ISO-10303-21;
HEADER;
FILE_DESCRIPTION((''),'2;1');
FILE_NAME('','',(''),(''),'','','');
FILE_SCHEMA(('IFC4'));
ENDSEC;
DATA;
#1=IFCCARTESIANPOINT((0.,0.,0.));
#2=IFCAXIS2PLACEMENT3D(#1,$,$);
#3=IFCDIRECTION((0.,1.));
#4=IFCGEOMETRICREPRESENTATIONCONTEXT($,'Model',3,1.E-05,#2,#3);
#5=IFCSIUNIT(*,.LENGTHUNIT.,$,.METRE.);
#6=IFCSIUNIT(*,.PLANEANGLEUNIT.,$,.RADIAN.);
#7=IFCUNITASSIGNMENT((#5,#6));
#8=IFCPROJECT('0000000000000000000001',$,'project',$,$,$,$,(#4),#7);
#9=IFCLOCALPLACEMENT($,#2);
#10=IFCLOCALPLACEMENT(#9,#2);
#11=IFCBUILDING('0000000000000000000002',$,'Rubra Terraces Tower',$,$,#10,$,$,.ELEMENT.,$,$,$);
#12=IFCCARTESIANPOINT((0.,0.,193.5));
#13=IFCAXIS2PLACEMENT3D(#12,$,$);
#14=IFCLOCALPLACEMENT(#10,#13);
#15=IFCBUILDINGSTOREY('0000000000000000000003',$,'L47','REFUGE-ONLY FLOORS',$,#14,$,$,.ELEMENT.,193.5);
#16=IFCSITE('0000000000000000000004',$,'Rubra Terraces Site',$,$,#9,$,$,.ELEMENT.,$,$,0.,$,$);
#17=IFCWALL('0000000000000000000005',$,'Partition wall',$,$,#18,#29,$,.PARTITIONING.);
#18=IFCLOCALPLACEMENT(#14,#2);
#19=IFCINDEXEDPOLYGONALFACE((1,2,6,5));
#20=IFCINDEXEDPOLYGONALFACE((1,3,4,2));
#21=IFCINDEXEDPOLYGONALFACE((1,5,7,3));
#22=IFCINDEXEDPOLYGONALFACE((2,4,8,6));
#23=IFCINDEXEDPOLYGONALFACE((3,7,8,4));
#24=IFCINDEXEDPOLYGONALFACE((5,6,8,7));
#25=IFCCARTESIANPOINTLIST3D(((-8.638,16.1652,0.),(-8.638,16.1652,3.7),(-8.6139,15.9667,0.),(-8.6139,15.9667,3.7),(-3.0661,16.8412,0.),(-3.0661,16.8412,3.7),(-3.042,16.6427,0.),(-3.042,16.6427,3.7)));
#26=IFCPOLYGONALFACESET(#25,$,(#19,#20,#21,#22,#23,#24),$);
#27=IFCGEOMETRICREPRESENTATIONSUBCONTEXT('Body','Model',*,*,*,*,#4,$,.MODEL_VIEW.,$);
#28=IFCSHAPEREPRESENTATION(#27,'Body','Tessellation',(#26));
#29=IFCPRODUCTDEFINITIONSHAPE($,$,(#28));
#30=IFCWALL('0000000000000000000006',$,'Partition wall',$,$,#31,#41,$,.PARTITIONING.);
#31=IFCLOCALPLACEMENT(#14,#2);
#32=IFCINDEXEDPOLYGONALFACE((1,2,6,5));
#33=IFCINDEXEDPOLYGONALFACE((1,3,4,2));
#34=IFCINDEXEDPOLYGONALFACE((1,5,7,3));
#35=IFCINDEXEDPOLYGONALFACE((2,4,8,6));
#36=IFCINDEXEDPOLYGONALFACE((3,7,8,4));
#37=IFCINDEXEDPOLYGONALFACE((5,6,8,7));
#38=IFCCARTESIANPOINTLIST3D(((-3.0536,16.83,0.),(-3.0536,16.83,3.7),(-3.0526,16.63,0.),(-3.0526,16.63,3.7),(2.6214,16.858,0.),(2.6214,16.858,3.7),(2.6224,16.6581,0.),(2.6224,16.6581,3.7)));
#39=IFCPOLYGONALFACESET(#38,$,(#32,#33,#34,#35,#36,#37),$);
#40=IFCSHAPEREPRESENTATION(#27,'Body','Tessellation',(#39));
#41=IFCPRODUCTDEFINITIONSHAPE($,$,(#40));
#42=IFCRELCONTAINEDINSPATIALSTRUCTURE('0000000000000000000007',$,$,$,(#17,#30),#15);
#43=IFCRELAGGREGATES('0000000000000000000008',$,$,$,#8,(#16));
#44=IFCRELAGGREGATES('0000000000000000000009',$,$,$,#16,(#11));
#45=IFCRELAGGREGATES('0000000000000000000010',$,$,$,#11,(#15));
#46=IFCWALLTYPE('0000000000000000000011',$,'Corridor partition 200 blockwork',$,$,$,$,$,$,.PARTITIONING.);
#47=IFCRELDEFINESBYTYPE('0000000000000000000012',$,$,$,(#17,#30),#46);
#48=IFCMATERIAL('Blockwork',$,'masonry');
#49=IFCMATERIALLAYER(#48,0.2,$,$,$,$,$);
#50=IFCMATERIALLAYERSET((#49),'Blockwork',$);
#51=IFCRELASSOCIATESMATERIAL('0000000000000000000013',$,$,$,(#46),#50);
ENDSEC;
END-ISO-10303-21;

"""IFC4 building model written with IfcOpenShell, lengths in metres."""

from ifc_helpers import new_model, si_unit, direction, frame, frame_2d, origin, place, context, subcontext, project, spatial, rectangle, extrude, material, layer, layer_set, type_object, element, save


model = new_model("IFC4")

# Units and contexts
model_context = context("Model", 3, precision=1e-05, world=origin(), true_north=direction((0.0, 1.0)))
body_context = subcontext(model_context, "Body", "Model", "MODEL_VIEW")
ifc_project = project(units=[si_unit("LENGTHUNIT", "METRE"), si_unit("PLANEANGLEUNIT", "RADIAN")], contexts=[model_context])

# Site, building, storey
site_placement = place(None, origin())
site = spatial("IfcSite", under=ifc_project, at=site_placement, Name="Rubra Terraces Site", CompositionType="ELEMENT", RefElevation=0.0)
building_placement = place(site_placement, origin())
building = spatial("IfcBuilding", under=site, at=building_placement, Name="Rubra Terraces Tower", CompositionType="ELEMENT")
storey_placement = place(building_placement, frame((0.0, 0.0, 193.5)))
storey = spatial("IfcBuildingStorey", under=building, at=storey_placement, Name="L47", Description="REFUGE-ONLY FLOORS", CompositionType="ELEMENT", Elevation=193.5)

# Walls
ifc_material_1 = material(Name="Blockwork", Category="masonry")
ifc_layer_1 = layer(ifc_material_1, 0.2)
ifc_layer_set_1 = layer_set([ifc_layer_1], Name="Blockwork")
wall_type_1 = type_object("IfcWallType", Name="Corridor partition 200 blockwork", PredefinedType="PARTITIONING", material=ifc_layer_set_1)
wall_1_placement = place(storey_placement, frame((-8.626, 16.0659, 0.0), z_axis=(0.0, 0.0, 1.0), x_axis=(0.99272, 0.120442, 0.0)))
element("IfcWall", 1, at=wall_1_placement, inside=storey, type_object=wall_type_1, Name="Partition wall", PredefinedType="PARTITIONING", context=body_context, shape_type="SweptSolid", body=[
    extrude(rectangle(XDim=5.6128, YDim=0.2, at=frame_2d((2.8064, 0.0))), origin(), (0.0, 0.0, 1.0), 3.7),
])
wall_2_placement = place(storey_placement, frame((-3.053, 16.73, 0.0), z_axis=(0.0, 0.0, 1.0), x_axis=(0.999988, 0.004947, 0.0)))
element("IfcWall", 2, at=wall_2_placement, inside=storey, type_object=wall_type_1, Name="Partition wall", PredefinedType="PARTITIONING", context=body_context, shape_type="SweptSolid", body=[
    extrude(rectangle(XDim=5.675, YDim=0.2, at=frame_2d((2.8374, 0.0))), origin(), (0.0, 0.0, 1.0), 3.7),
])

save(model, "model.ifc")
